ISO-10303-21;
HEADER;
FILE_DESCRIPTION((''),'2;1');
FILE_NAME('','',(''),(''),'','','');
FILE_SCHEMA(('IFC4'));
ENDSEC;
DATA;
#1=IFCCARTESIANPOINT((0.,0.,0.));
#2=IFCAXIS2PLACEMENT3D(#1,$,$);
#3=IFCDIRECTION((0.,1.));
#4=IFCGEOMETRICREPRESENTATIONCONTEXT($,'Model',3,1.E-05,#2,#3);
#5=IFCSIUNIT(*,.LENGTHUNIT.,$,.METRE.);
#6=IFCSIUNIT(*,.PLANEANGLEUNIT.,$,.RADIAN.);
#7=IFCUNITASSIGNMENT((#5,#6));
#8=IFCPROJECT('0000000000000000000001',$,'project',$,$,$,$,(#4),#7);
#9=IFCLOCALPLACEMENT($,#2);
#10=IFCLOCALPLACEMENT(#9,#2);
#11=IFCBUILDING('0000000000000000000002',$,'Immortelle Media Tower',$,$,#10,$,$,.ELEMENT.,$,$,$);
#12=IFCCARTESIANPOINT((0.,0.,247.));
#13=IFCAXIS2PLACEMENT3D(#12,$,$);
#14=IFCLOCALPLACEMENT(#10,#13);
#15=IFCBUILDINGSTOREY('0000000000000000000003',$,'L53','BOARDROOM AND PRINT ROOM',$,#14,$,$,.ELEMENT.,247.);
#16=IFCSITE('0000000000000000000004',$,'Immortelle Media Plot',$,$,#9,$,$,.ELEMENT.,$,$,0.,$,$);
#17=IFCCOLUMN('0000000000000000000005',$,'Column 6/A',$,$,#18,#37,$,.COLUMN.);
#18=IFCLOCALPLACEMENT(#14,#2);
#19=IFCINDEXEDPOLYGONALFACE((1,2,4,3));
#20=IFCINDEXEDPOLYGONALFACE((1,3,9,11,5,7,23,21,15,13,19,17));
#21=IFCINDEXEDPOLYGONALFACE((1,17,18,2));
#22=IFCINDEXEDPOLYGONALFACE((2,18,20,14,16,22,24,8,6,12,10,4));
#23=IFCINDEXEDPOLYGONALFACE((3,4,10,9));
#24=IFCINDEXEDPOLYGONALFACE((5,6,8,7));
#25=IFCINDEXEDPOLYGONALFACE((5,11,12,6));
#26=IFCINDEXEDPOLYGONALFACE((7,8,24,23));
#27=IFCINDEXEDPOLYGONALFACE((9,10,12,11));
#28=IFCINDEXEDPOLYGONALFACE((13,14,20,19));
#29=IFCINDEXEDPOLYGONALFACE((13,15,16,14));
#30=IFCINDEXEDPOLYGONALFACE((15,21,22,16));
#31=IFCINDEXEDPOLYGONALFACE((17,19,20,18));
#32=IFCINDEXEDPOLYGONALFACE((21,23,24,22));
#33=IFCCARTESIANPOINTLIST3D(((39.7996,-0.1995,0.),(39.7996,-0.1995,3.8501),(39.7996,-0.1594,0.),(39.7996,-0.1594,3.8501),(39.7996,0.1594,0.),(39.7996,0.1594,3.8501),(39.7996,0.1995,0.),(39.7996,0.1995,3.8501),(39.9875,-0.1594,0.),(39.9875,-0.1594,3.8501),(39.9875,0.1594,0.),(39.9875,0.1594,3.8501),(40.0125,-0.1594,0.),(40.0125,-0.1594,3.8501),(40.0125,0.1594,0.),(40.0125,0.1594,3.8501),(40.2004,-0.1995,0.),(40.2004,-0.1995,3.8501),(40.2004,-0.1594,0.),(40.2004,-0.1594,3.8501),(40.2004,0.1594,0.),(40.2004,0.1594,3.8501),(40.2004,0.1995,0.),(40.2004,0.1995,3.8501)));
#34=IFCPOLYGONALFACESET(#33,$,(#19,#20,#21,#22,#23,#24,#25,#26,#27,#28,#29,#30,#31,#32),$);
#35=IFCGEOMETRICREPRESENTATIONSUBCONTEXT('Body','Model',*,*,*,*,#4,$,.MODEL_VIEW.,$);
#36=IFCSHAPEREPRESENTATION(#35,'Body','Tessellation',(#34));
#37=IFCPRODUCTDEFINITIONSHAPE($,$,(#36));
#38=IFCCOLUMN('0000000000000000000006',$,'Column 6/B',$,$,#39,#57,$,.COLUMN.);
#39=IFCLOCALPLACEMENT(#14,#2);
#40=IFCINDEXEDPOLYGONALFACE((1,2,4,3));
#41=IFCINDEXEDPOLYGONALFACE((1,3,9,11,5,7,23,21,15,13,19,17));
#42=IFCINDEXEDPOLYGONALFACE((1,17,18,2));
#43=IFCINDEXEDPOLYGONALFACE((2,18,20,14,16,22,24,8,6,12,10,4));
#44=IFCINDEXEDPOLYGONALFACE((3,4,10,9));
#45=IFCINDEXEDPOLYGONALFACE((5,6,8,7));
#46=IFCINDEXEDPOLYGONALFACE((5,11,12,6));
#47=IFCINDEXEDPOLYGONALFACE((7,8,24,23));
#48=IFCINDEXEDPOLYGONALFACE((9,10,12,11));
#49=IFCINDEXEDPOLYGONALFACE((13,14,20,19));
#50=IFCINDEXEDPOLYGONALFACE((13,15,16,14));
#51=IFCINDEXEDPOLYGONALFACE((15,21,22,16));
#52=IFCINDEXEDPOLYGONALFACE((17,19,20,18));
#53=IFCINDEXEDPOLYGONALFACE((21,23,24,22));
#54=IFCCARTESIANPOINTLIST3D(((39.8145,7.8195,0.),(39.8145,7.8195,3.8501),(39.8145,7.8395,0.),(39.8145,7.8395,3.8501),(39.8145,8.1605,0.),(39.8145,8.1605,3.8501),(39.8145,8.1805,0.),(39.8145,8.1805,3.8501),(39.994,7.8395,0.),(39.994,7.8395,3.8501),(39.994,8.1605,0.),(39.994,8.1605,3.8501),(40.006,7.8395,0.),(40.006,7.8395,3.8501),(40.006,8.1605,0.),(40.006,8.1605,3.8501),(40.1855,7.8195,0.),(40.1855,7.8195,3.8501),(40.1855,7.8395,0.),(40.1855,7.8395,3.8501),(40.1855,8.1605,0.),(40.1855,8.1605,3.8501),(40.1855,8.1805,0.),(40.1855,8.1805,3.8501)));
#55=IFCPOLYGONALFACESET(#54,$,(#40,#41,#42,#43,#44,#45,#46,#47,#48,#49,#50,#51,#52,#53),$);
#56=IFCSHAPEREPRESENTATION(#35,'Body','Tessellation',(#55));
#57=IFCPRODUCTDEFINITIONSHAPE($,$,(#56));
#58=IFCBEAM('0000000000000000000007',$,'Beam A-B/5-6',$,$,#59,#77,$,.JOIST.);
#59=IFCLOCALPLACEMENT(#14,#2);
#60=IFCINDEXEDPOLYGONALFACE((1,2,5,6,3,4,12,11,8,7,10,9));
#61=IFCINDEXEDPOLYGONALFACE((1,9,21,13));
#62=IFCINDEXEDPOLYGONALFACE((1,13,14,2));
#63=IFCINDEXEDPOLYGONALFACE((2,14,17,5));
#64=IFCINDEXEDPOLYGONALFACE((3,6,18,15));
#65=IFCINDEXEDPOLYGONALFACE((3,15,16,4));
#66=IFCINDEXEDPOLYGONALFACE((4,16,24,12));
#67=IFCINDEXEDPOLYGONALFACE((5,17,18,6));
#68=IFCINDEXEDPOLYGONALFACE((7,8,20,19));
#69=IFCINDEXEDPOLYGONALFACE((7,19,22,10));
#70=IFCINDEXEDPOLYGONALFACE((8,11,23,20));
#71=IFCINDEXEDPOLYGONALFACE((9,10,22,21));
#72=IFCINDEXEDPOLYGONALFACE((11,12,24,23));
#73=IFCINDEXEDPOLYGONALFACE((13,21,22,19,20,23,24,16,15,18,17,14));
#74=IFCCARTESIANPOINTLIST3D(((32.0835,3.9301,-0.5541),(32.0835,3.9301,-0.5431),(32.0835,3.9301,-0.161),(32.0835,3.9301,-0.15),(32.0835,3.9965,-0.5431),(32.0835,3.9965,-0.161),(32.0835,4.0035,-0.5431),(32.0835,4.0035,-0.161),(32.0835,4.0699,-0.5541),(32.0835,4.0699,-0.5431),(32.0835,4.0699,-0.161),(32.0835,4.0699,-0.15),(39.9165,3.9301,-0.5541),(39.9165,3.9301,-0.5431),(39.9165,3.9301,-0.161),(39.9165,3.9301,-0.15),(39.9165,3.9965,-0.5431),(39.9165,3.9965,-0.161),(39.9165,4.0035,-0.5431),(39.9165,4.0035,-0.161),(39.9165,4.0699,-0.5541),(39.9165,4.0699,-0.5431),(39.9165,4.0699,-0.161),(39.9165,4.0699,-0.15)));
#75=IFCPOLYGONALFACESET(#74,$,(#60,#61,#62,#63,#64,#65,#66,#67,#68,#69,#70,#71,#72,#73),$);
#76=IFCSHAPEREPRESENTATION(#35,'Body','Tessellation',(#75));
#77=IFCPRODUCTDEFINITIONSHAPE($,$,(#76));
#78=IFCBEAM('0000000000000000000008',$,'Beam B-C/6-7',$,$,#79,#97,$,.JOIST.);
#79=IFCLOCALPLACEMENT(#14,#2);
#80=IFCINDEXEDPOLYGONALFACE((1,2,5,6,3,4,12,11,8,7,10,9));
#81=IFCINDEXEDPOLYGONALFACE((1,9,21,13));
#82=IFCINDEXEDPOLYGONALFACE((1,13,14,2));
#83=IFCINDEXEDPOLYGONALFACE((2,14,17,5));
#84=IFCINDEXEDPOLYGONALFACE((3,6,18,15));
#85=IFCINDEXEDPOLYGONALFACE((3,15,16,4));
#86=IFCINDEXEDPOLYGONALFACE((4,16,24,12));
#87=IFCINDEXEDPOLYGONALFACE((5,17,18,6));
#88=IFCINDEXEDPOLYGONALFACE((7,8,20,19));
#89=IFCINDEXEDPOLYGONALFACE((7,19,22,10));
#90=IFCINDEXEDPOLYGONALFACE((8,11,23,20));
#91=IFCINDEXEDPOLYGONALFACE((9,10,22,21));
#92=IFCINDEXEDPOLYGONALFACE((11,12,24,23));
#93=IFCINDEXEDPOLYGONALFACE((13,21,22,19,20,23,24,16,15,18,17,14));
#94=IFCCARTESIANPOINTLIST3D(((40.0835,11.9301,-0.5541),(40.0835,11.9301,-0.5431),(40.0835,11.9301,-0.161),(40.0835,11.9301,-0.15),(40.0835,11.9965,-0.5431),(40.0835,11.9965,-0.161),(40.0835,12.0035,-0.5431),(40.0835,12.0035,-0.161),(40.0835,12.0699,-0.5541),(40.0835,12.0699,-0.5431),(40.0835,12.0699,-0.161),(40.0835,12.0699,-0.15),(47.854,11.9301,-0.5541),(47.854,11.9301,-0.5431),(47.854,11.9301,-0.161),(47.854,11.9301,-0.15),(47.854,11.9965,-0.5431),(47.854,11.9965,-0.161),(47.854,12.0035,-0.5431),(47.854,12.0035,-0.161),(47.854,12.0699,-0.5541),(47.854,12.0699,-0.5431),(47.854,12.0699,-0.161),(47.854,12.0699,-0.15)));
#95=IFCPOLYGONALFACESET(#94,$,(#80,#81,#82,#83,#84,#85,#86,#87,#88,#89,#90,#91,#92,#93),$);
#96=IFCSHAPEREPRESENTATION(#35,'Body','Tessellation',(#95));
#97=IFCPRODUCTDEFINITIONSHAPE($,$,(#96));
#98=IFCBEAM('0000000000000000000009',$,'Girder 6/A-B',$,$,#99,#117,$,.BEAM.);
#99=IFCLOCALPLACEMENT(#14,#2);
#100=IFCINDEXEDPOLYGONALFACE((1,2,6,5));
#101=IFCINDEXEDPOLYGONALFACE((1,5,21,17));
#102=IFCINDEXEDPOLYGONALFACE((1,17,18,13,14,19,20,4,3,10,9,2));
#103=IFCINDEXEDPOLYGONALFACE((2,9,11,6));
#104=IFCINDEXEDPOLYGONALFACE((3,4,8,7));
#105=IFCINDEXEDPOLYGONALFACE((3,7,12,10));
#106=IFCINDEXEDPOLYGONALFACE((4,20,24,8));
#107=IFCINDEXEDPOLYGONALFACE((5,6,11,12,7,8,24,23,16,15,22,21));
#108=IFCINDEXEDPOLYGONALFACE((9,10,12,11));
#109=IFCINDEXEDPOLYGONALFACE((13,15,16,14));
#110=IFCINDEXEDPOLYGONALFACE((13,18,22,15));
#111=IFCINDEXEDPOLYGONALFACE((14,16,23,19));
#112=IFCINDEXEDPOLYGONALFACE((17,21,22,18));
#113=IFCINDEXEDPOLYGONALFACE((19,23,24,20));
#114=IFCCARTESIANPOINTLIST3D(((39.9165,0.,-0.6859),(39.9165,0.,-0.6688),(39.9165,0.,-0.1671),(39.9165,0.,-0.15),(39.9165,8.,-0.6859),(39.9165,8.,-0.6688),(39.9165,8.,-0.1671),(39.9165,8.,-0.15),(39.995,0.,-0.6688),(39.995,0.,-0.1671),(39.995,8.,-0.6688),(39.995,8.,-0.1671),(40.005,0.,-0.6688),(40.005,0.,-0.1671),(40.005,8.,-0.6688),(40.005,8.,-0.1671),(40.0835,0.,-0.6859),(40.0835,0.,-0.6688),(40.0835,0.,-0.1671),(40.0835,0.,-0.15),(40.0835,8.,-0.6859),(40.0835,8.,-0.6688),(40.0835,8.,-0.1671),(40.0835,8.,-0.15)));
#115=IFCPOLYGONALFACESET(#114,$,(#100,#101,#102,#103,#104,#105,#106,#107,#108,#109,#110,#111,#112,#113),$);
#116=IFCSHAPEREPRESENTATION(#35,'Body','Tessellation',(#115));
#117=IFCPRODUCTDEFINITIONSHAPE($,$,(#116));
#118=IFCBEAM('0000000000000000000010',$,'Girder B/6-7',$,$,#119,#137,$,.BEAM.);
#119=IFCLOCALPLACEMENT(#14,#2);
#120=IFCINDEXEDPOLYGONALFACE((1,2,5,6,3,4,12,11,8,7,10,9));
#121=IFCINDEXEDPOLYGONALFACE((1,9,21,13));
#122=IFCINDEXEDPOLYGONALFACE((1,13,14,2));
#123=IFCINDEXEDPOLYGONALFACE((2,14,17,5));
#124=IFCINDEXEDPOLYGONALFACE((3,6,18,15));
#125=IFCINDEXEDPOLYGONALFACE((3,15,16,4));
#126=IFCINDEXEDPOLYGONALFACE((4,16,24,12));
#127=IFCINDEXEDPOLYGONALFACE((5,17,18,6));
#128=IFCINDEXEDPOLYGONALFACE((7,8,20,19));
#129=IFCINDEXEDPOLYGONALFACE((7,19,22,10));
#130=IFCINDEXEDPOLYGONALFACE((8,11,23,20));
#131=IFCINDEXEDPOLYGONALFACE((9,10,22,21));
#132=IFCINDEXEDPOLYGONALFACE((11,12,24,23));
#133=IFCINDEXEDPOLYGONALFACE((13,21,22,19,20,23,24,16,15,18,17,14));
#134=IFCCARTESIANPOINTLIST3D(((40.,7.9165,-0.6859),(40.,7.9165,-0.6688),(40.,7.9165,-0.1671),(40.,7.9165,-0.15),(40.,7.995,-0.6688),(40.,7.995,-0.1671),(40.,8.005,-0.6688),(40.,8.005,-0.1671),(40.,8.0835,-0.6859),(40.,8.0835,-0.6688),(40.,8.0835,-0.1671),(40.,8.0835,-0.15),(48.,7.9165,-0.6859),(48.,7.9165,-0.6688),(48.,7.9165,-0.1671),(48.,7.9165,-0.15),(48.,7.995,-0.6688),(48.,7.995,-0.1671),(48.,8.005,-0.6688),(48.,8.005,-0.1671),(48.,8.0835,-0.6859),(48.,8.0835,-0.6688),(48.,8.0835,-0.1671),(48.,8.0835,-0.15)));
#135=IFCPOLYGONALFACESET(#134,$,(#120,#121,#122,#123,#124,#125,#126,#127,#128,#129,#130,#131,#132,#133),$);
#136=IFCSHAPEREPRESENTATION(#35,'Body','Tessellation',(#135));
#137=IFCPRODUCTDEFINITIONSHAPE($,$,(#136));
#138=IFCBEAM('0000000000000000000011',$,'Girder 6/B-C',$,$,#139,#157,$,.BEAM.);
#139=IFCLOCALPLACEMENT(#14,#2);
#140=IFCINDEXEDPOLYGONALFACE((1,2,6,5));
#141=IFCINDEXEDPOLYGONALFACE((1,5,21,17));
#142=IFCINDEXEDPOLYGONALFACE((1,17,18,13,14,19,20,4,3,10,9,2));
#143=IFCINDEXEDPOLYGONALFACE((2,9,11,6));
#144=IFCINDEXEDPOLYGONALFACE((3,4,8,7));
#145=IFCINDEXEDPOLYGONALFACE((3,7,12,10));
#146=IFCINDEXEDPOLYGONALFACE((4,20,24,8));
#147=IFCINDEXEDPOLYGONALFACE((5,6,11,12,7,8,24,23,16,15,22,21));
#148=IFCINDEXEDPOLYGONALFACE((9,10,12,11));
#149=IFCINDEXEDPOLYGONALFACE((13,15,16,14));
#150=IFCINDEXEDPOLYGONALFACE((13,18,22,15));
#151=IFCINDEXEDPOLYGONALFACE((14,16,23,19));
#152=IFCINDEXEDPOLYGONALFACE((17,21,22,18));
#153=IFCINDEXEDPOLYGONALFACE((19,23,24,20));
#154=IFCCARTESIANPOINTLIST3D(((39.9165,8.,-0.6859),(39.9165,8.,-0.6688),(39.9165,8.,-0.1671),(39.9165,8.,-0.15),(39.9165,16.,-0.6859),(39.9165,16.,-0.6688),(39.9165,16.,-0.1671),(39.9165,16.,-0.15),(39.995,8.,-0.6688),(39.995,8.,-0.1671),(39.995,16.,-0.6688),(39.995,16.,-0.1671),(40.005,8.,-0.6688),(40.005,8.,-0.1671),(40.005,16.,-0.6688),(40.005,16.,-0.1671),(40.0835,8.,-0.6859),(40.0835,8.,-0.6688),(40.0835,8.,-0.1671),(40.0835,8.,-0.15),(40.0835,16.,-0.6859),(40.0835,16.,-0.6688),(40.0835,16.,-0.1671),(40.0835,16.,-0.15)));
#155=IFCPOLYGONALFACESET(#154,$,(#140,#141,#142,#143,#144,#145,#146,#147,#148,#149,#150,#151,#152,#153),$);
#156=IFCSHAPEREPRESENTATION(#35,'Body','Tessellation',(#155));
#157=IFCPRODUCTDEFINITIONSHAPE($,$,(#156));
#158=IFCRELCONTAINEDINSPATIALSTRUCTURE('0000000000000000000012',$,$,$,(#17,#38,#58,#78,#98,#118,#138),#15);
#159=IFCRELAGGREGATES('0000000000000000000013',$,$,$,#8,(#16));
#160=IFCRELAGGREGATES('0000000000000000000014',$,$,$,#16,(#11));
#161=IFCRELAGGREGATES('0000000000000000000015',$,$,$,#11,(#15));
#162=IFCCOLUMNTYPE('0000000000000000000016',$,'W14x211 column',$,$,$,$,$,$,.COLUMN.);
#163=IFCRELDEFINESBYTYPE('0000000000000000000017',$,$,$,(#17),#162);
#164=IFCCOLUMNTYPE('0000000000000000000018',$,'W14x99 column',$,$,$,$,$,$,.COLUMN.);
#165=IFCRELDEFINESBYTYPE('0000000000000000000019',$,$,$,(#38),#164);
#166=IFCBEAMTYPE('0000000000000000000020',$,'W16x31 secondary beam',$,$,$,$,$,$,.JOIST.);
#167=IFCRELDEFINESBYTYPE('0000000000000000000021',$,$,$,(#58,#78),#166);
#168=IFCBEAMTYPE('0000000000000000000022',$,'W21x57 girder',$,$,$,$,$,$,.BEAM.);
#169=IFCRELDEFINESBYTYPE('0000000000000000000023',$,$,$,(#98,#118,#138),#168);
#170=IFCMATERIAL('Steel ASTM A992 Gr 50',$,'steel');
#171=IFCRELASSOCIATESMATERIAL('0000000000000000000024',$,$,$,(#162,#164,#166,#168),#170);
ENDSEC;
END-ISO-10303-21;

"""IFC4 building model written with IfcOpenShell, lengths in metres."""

from ifc_helpers import new_model, si_unit, direction, frame, origin, origin_2d, place, context, subcontext, project, spatial, i_section, extrude, material, material_profile, profile_set, type_object, element, save


model = new_model("IFC4")

# Units and contexts
model_context = context("Model", 3, precision=1e-05, world=origin(), true_north=direction((0.0, 1.0)))
body_context = subcontext(model_context, "Body", "Model", "MODEL_VIEW")
ifc_project = project(units=[si_unit("LENGTHUNIT", "METRE"), si_unit("PLANEANGLEUNIT", "RADIAN")], contexts=[model_context])

# Site, building, storey
site_placement = place(None, origin())
site = spatial("IfcSite", under=ifc_project, at=site_placement, Name="Immortelle Media Plot", CompositionType="ELEMENT", RefElevation=0.0)
building_placement = place(site_placement, origin())
building = spatial("IfcBuilding", under=site, at=building_placement, Name="Immortelle Media Tower", CompositionType="ELEMENT")
storey_placement = place(building_placement, frame((0.0, 0.0, 247.0)))
storey = spatial("IfcBuildingStorey", under=building, at=storey_placement, Name="L53", Description="BOARDROOM AND PRINT ROOM", CompositionType="ELEMENT", Elevation=247.0)

# Columns
ifc_material_1 = material(Name="Steel ASTM A992 Gr 50", Category="steel")
ifc_material_profile_1 = material_profile(ifc_material_1, i_section(OverallWidth=0.4009, OverallDepth=0.3989, WebThickness=0.0249, FlangeThickness=0.04, at=origin_2d()), Name="W14x211")
ifc_profile_set_1 = profile_set([ifc_material_profile_1], Name="Steel ASTM A992 Gr 50")
column_type_1 = type_object("IfcColumnType", Name="W14x211 column", PredefinedType="COLUMN", material=ifc_profile_set_1)
column_1_placement = place(storey_placement, frame((40.0, 0.0, 0.0), z_axis=(0.0, 0.0, 1.0), x_axis=(1.0, 0.0, 0.0)))
element("IfcColumn", 1, at=column_1_placement, inside=storey, type_object=column_type_1, Name="Column 6/A", PredefinedType="COLUMN", context=body_context, shape_type="SweptSolid", body=[
    extrude(i_section(OverallWidth=0.4009, OverallDepth=0.3989, WebThickness=0.0249, FlangeThickness=0.04, at=origin_2d()), origin(), (0.0, 0.0, 1.0), 3.8501),
])
ifc_material_profile_2 = material_profile(ifc_material_1, i_section(OverallWidth=0.3711, OverallDepth=0.3611, WebThickness=0.012, FlangeThickness=0.02, at=origin_2d()), Name="W14x99")
ifc_profile_set_2 = profile_set([ifc_material_profile_2], Name="Steel ASTM A992 Gr 50")
column_type_2 = type_object("IfcColumnType", Name="W14x99 column", PredefinedType="COLUMN", material=ifc_profile_set_2)
column_2_placement = place(storey_placement, frame((40.0, 8.0, 0.0), z_axis=(0.0, 0.0, 1.0), x_axis=(1.0, 0.0, 0.0)))
element("IfcColumn", 2, at=column_2_placement, inside=storey, type_object=column_type_2, Name="Column 6/B", PredefinedType="COLUMN", context=body_context, shape_type="SweptSolid", body=[
    extrude(i_section(OverallWidth=0.3711, OverallDepth=0.3611, WebThickness=0.012, FlangeThickness=0.02, at=origin_2d()), origin(), (0.0, 0.0, 1.0), 3.8501),
])

# Beams
ifc_material_profile_3 = material_profile(ifc_material_1, i_section(OverallWidth=0.1399, OverallDepth=0.4041, WebThickness=0.0071, FlangeThickness=0.011, at=origin_2d()), Name="W16x31")
ifc_profile_set_3 = profile_set([ifc_material_profile_3], Name="Steel ASTM A992 Gr 50")
beam_type_1 = type_object("IfcBeamType", Name="W16x31 secondary beam", PredefinedType="JOIST", material=ifc_profile_set_3)
beam_1_placement = place(storey_placement, frame((32.0835, 4.0, -0.3521), z_axis=(1.0, 0.0, 0.0), x_axis=(0.0, 1.0, 0.0)))
element("IfcBeam", 3, at=beam_1_placement, inside=storey, type_object=beam_type_1, Name="Beam A-B/5-6", PredefinedType="JOIST", context=body_context, shape_type="SweptSolid", body=[
    extrude(i_section(OverallWidth=0.1399, OverallDepth=0.4041, WebThickness=0.0071, FlangeThickness=0.011, at=origin_2d()), origin(), (0.0, 0.0, 1.0), 7.833),
])
beam_2_placement = place(storey_placement, frame((40.0835, 12.0, -0.3521), z_axis=(1.0, 0.0, 0.0), x_axis=(0.0, 1.0, 0.0)))
element("IfcBeam", 4, at=beam_2_placement, inside=storey, type_object=beam_type_1, Name="Beam B-C/6-7", PredefinedType="JOIST", context=body_context, shape_type="SweptSolid", body=[
    extrude(i_section(OverallWidth=0.1399, OverallDepth=0.4041, WebThickness=0.0071, FlangeThickness=0.011, at=origin_2d()), origin(), (0.0, 0.0, 1.0), 7.7705),
])
ifc_material_profile_4 = material_profile(ifc_material_1, i_section(OverallWidth=0.167, OverallDepth=0.5359, WebThickness=0.01, FlangeThickness=0.0171, at=origin_2d()), Name="W21x57")
ifc_profile_set_4 = profile_set([ifc_material_profile_4], Name="Steel ASTM A992 Gr 50")
beam_type_2 = type_object("IfcBeamType", Name="W21x57 girder", PredefinedType="BEAM", material=ifc_profile_set_4)
for number, where, z_axis, x_axis, name in (
    (5, (40.0, 0.0, -0.418), (0.0, 1.0, 0.0), (-1.0, 0.0, 0.0), "Girder 6/A-B"),
    (6, (40.0, 8.0, -0.418), (1.0, 0.0, 0.0), (0.0, 1.0, 0.0), "Girder B/6-7"),
    (7, (40.0, 8.0, -0.418), (0.0, 1.0, 0.0), (-1.0, 0.0, 0.0), "Girder 6/B-C"),
):
    element("IfcBeam", number, at=place(storey_placement, frame(where, z_axis=z_axis, x_axis=x_axis)), inside=storey, type_object=beam_type_2, Name=name, PredefinedType="BEAM", context=body_context, shape_type="SweptSolid", body=[
        extrude(i_section(OverallWidth=0.167, OverallDepth=0.5359, WebThickness=0.01, FlangeThickness=0.0171, at=origin_2d()), origin(), (0.0, 0.0, 1.0), 8.0),
    ])

save(model, "model.ifc")
